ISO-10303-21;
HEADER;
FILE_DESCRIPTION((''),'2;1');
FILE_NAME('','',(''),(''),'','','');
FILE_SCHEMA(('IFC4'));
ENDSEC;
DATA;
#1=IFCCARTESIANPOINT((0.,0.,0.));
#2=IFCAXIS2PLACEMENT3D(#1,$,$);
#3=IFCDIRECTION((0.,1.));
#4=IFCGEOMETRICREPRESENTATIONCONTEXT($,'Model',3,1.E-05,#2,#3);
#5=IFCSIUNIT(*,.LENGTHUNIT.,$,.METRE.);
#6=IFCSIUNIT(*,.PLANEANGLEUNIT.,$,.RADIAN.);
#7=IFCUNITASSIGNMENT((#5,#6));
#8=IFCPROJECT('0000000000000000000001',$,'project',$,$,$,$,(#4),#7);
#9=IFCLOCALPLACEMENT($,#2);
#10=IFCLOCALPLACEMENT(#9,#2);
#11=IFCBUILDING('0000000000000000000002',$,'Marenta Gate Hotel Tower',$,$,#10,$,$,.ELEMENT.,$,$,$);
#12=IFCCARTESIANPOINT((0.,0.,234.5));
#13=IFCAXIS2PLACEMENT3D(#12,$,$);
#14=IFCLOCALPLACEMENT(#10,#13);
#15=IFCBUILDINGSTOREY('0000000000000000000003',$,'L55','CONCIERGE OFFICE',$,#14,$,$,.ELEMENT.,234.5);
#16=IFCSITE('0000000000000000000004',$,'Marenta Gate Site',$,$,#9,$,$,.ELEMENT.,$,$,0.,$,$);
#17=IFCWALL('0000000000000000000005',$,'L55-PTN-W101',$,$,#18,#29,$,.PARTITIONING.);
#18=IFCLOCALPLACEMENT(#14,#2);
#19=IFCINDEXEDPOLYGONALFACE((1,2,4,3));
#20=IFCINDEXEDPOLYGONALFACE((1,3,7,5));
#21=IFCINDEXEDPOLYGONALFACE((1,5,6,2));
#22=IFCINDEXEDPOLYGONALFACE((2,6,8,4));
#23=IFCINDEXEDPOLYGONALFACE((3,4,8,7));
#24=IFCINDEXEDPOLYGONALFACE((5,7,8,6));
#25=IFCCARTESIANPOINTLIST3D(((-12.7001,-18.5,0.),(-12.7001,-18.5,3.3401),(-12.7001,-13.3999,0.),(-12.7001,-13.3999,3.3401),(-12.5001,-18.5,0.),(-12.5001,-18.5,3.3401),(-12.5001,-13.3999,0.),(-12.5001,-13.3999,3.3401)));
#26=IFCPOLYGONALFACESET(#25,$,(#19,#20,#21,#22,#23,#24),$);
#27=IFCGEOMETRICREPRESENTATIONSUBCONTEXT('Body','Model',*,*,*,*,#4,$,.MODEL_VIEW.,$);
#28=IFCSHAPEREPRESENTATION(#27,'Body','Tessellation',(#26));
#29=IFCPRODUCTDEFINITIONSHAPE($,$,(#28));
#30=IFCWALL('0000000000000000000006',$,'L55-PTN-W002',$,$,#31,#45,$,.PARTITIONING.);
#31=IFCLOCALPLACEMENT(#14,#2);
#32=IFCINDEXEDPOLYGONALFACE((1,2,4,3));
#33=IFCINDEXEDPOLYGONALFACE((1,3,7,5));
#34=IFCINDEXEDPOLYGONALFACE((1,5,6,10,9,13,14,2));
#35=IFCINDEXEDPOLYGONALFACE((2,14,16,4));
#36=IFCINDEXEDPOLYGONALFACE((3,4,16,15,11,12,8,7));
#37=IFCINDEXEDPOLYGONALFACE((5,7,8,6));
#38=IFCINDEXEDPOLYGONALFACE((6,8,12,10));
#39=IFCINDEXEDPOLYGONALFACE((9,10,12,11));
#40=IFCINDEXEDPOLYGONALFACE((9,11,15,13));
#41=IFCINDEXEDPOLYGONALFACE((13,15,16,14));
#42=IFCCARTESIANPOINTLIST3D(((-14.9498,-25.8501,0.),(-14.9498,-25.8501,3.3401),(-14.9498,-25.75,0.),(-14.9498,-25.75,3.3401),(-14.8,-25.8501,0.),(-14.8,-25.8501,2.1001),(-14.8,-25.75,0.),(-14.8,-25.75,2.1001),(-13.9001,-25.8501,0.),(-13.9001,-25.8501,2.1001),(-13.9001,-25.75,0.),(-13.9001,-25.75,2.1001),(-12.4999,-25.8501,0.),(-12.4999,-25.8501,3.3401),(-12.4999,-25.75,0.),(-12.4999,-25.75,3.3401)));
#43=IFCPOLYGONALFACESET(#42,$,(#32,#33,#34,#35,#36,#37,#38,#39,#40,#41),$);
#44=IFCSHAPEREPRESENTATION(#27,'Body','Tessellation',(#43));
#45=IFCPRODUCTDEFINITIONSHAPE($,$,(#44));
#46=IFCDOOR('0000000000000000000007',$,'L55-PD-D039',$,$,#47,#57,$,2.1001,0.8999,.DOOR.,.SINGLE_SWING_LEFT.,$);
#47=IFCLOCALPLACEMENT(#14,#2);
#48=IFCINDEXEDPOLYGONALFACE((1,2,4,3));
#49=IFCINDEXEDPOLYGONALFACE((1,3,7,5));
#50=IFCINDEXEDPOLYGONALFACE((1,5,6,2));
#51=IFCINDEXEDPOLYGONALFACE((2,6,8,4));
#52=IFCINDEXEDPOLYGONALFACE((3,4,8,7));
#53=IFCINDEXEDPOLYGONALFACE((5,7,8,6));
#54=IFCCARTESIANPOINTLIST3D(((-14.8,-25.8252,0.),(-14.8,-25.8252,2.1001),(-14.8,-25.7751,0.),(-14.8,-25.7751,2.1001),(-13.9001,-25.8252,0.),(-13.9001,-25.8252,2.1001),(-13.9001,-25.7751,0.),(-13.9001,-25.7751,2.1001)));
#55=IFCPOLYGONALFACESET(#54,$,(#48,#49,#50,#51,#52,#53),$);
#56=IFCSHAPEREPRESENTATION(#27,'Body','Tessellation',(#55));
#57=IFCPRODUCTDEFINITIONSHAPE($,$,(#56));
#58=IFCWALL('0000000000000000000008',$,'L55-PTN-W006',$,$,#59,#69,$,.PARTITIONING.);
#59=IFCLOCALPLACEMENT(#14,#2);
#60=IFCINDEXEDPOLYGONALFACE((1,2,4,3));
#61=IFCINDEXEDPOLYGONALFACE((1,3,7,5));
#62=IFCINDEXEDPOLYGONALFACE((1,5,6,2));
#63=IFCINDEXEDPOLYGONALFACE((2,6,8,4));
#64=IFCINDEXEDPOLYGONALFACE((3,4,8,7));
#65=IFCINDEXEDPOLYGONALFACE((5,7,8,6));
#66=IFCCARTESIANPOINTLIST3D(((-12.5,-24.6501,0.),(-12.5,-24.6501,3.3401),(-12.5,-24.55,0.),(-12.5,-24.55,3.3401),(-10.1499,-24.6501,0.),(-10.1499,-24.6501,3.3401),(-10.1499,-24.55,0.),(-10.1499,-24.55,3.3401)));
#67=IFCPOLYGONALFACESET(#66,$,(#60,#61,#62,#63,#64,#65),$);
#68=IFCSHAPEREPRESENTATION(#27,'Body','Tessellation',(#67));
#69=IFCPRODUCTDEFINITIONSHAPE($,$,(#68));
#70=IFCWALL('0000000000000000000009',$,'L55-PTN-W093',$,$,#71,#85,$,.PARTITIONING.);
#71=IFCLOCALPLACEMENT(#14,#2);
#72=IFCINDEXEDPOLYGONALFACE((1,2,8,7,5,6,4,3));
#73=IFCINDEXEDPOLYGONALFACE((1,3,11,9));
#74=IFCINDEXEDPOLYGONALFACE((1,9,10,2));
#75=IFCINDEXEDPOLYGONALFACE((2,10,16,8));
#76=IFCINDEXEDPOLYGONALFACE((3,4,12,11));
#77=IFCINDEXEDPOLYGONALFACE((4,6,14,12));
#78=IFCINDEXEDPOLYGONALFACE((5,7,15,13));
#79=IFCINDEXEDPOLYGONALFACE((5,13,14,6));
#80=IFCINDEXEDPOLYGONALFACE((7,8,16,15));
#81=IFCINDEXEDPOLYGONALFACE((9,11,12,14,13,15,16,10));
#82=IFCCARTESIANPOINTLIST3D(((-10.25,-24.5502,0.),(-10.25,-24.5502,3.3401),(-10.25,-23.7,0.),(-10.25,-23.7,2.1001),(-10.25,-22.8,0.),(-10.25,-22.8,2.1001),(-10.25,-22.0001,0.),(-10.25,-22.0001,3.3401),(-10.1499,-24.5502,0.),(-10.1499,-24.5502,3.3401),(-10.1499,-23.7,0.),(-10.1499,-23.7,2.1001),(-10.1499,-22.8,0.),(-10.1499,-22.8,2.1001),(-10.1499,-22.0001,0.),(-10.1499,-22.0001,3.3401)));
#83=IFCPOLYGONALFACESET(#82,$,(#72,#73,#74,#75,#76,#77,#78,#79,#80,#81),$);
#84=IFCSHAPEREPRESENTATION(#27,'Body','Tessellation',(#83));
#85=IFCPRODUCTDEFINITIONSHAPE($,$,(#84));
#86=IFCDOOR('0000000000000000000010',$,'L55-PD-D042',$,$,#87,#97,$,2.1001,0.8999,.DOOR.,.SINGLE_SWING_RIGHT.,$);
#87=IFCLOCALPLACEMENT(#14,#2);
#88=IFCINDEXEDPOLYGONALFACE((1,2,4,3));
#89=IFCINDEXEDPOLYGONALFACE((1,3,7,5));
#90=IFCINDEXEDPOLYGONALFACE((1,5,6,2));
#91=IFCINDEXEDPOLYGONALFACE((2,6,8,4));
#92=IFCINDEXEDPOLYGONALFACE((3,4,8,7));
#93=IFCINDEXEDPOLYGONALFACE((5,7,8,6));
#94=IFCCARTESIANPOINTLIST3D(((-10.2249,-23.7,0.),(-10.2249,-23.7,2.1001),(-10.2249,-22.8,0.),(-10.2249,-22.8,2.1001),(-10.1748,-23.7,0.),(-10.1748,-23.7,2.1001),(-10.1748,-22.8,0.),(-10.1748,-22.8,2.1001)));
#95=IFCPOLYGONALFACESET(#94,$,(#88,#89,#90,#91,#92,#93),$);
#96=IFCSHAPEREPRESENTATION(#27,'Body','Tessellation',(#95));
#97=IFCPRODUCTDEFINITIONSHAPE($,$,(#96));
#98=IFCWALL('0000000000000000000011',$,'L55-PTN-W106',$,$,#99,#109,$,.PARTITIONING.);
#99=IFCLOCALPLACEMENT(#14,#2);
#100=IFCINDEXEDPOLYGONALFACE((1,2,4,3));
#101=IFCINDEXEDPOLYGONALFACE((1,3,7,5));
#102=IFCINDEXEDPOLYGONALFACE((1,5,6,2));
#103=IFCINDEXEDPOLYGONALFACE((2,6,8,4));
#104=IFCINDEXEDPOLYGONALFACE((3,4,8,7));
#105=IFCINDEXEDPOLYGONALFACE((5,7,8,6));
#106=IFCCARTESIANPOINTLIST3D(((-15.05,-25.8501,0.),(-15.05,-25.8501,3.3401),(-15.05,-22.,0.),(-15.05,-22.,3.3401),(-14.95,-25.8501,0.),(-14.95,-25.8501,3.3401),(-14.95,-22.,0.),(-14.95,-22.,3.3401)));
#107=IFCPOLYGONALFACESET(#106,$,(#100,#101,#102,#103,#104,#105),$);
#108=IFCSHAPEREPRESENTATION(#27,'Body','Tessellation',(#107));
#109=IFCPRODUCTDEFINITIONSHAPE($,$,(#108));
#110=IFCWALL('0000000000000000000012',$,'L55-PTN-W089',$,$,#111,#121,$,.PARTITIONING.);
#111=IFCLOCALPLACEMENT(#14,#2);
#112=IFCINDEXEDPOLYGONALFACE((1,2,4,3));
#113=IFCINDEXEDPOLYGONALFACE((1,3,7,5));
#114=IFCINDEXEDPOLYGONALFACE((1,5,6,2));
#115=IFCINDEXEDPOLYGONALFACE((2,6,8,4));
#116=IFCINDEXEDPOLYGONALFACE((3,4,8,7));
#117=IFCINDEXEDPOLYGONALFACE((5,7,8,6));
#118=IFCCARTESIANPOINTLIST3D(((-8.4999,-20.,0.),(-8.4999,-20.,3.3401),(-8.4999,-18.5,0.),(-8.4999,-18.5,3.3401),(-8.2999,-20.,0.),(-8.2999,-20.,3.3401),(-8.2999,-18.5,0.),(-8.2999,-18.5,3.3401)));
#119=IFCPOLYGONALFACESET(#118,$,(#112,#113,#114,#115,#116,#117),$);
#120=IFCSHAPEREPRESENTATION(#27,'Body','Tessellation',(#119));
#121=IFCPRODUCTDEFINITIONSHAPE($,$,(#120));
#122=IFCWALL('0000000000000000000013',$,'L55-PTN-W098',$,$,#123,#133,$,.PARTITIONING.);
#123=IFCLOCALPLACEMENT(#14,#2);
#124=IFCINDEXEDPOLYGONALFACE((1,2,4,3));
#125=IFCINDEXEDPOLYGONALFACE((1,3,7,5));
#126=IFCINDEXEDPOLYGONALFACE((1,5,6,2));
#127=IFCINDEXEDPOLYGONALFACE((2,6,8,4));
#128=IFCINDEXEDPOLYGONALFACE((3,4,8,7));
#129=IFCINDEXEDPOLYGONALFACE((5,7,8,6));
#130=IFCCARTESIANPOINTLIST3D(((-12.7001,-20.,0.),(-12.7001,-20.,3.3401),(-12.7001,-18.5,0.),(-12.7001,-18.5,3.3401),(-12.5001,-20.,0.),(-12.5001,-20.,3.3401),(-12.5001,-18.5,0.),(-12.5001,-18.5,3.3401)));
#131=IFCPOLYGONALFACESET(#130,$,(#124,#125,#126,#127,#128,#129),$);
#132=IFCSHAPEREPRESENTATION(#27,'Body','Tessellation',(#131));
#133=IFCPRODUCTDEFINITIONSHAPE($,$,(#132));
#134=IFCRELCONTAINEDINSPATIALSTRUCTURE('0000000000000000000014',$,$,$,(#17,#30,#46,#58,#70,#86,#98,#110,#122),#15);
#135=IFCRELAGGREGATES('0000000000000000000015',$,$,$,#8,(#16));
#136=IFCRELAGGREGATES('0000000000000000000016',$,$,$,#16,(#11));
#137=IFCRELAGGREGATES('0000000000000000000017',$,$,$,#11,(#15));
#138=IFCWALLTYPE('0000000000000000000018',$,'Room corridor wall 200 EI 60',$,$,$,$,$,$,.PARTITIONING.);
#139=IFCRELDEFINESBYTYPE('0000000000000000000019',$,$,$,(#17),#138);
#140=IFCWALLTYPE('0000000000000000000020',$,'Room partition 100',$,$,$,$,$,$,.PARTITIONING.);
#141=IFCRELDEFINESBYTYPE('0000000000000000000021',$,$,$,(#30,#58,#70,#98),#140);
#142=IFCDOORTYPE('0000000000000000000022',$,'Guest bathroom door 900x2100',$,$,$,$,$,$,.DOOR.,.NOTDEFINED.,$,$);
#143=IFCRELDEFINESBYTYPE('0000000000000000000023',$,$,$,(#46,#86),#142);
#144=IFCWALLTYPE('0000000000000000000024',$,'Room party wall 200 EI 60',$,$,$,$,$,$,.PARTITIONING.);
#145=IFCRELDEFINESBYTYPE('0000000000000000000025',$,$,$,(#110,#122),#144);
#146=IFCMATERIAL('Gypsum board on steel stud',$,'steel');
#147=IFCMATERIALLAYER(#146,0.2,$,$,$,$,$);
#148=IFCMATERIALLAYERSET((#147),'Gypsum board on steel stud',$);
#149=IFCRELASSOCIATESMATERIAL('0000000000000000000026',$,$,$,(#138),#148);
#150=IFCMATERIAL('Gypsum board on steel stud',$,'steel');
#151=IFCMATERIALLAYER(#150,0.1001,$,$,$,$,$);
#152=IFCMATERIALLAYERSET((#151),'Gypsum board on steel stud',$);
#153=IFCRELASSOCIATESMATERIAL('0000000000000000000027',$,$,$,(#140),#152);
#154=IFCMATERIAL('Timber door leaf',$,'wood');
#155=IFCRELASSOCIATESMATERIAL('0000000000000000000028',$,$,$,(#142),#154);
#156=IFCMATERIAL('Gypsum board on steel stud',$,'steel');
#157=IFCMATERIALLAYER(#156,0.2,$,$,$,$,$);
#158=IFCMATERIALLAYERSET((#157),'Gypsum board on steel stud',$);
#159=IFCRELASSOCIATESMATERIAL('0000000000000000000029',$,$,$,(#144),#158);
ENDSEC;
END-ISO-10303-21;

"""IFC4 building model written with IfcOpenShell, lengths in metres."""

from ifc_helpers import new_model, si_unit, direction, frame, frame_2d, origin, place, context, subcontext, project, spatial, rectangle, extrude, material, layer, layer_set, type_object, element, fill, save


model = new_model("IFC4")

# Units and contexts
model_context = context("Model", 3, precision=1e-05, world=origin(), true_north=direction((0.0, 1.0)))
body_context = subcontext(model_context, "Body", "Model", "MODEL_VIEW")
ifc_project = project(units=[si_unit("LENGTHUNIT", "METRE"), si_unit("PLANEANGLEUNIT", "RADIAN")], contexts=[model_context])

# Site, building, storey
site_placement = place(None, origin())
site = spatial("IfcSite", under=ifc_project, at=site_placement, Name="Marenta Gate Site", CompositionType="ELEMENT", RefElevation=0.0)
building_placement = place(site_placement, origin())
building = spatial("IfcBuilding", under=site, at=building_placement, Name="Marenta Gate Hotel Tower", CompositionType="ELEMENT")
storey_placement = place(building_placement, frame((0.0, 0.0, 234.5)))
storey = spatial("IfcBuildingStorey", under=building, at=storey_placement, Name="L55", Description="CONCIERGE OFFICE", CompositionType="ELEMENT", Elevation=234.5)

# Shared definitions
ifc_material_1 = material(Name="Gypsum board on steel stud", Category="steel")
ifc_layer_1 = layer(ifc_material_1, 0.2)
ifc_layer_set_1 = layer_set([ifc_layer_1], Name="Gypsum board on steel stud")
wall_type_1 = type_object("IfcWallType", Name="Room corridor wall 200 EI 60", PredefinedType="PARTITIONING", material=ifc_layer_set_1)

# Wall
wall_1_placement = place(storey_placement, frame((-12.6001, -18.5, 0.0), z_axis=(0.0, 0.0, 1.0), x_axis=(0.0, 1.0, 0.0)))
element("IfcWall", 1, at=wall_1_placement, inside=storey, type_object=wall_type_1, Name="L55-PTN-W101", PredefinedType="PARTITIONING", context=body_context, shape_type="SweptSolid", body=[
    extrude(rectangle(XDim=5.1001, YDim=0.2, at=frame_2d((2.55, 0.0))), origin(), (0.0, 0.0, 1.0), 3.3401),
])

# Wall, opening, door
ifc_material_2 = material(Name="Gypsum board on steel stud", Category="steel")
ifc_layer_2 = layer(ifc_material_2, 0.1001)
ifc_layer_set_2 = layer_set([ifc_layer_2], Name="Gypsum board on steel stud")
wall_type_2 = type_object("IfcWallType", Name="Room partition 100", PredefinedType="PARTITIONING", material=ifc_layer_set_2)
wall_2_placement = place(storey_placement, frame((-14.95, -25.8, 0.0), z_axis=(0.0, 0.0, 1.0), x_axis=(1.0, 0.0, 0.0)))
wall_2 = element("IfcWall", 2, at=wall_2_placement, inside=storey, type_object=wall_type_2, Name="L55-PTN-W002", PredefinedType="PARTITIONING", context=body_context, shape_type="SweptSolid", body=[
    extrude(rectangle(XDim=2.45, YDim=0.1001, at=frame_2d((1.2251, 0.0))), origin(), (0.0, 0.0, 1.0), 3.3401),
])
opening_1_placement = place(wall_2_placement, frame((0.1499, 0.0, 0.0)))
opening_1 = element("IfcOpeningElement", 3, at=opening_1_placement, cuts=wall_2, PredefinedType="OPENING", context=body_context, shape_type="SweptSolid", body=[
    extrude(rectangle(XDim=0.8999, YDim=2.1001, at=frame_2d((0.45, 1.05))), frame((0.0, 0.05, 0.0), z_axis=(0.0, -1.0, 0.0), x_axis=(1.0, 0.0, 0.0)), (0.0, 0.0, 1.0), 0.1001),
])
ifc_material_3 = material(Name="Timber door leaf", Category="wood")
door_type_1 = type_object("IfcDoorType", Name="Guest bathroom door 900x2100", OperationType="NOTDEFINED", PredefinedType="DOOR", material=ifc_material_3)
door_1_placement = place(opening_1_placement, origin())
door_1 = element("IfcDoor", 4, at=door_1_placement, inside=storey, type_object=door_type_1, Name="L55-PD-D039", OperationType="SINGLE_SWING_LEFT", OverallHeight=2.1001, OverallWidth=0.8999, PredefinedType="DOOR", context=body_context, shape_type="SweptSolid", body=[
    extrude(rectangle(XDim=0.8999, YDim=2.1001, at=frame_2d((0.45, 1.05))), frame((0.0, 0.0249, 0.0), z_axis=(0.0, -1.0, 0.0), x_axis=(1.0, 0.0, 0.0)), (0.0, 0.0, 1.0), 0.05),
])
fill(opening_1, door_1)

# Wall
wall_3_placement = place(storey_placement, frame((-12.5, -24.6001, 0.0), z_axis=(0.0, 0.0, 1.0), x_axis=(1.0, 0.0, 0.0)))
element("IfcWall", 5, at=wall_3_placement, inside=storey, type_object=wall_type_2, Name="L55-PTN-W006", PredefinedType="PARTITIONING", context=body_context, shape_type="SweptSolid", body=[
    extrude(rectangle(XDim=2.3501, YDim=0.1001, at=frame_2d((1.175, 0.0))), origin(), (0.0, 0.0, 1.0), 3.3401),
])

# Wall, opening, door
wall_4_placement = place(storey_placement, frame((-10.2, -24.55, 0.0), z_axis=(0.0, 0.0, 1.0), x_axis=(0.0, 1.0, 0.0)))
wall_4 = element("IfcWall", 6, at=wall_4_placement, inside=storey, type_object=wall_type_2, Name="L55-PTN-W093", PredefinedType="PARTITIONING", context=body_context, shape_type="SweptSolid", body=[
    extrude(rectangle(XDim=2.55, YDim=0.1001, at=frame_2d((1.2749, 0.0))), origin(), (0.0, 0.0, 1.0), 3.3401),
])
opening_2_placement = place(wall_4_placement, frame((0.8501, 0.0, 0.0)))
opening_2 = element("IfcOpeningElement", 7, at=opening_2_placement, cuts=wall_4, PredefinedType="OPENING", context=body_context, shape_type="SweptSolid", body=[
    extrude(rectangle(XDim=0.8999, YDim=2.1001, at=frame_2d((0.45, 1.05))), frame((0.0, 0.05, 0.0), z_axis=(0.0, -1.0, 0.0), x_axis=(1.0, 0.0, 0.0)), (0.0, 0.0, 1.0), 0.1001),
])
door_2_placement = place(opening_2_placement, origin())
door_2 = element("IfcDoor", 8, at=door_2_placement, inside=storey, type_object=door_type_1, Name="L55-PD-D042", OperationType="SINGLE_SWING_RIGHT", OverallHeight=2.1001, OverallWidth=0.8999, PredefinedType="DOOR", context=body_context, shape_type="SweptSolid", body=[
    extrude(rectangle(XDim=0.8999, YDim=2.1001, at=frame_2d((0.45, 1.05))), frame((0.0, 0.0249, 0.0), z_axis=(0.0, -1.0, 0.0), x_axis=(1.0, 0.0, 0.0)), (0.0, 0.0, 1.0), 0.05),
])
fill(opening_2, door_2)

# Walls
wall_5_placement = place(storey_placement, frame((-15.0, -25.8501, 0.0), z_axis=(0.0, 0.0, 1.0), x_axis=(0.0, 1.0, 0.0)))
element("IfcWall", 9, at=wall_5_placement, inside=storey, type_object=wall_type_2, Name="L55-PTN-W106", PredefinedType="PARTITIONING", context=body_context, shape_type="SweptSolid", body=[
    extrude(rectangle(XDim=3.8501, YDim=0.1001, at=frame_2d((1.925, 0.0))), origin(), (0.0, 0.0, 1.0), 3.3401),
])
ifc_material_4 = material(Name="Gypsum board on steel stud", Category="steel")
ifc_layer_3 = layer(ifc_material_4, 0.2)
ifc_layer_set_3 = layer_set([ifc_layer_3], Name="Gypsum board on steel stud")
wall_type_3 = type_object("IfcWallType", Name="Room party wall 200 EI 60", PredefinedType="PARTITIONING", material=ifc_layer_set_3)
for number, where, z_axis, x_axis, name in (
    (10, (-8.3999, -20.0, 0.0), (0.0, 0.0, 1.0), (0.0, 1.0, 0.0), "L55-PTN-W089"),
    (11, (-12.6001, -20.0, 0.0), (0.0, 0.0, 1.0), (0.0, 1.0, 0.0), "L55-PTN-W098"),
):
    element("IfcWall", number, at=place(storey_placement, frame(where, z_axis=z_axis, x_axis=x_axis)), inside=storey, type_object=wall_type_3, Name=name, PredefinedType="PARTITIONING", context=body_context, shape_type="SweptSolid", body=[
        extrude(rectangle(XDim=1.5, YDim=0.2, at=frame_2d((0.75, 0.0))), origin(), (0.0, 0.0, 1.0), 3.3401),
    ])

save(model, "model.ifc")
